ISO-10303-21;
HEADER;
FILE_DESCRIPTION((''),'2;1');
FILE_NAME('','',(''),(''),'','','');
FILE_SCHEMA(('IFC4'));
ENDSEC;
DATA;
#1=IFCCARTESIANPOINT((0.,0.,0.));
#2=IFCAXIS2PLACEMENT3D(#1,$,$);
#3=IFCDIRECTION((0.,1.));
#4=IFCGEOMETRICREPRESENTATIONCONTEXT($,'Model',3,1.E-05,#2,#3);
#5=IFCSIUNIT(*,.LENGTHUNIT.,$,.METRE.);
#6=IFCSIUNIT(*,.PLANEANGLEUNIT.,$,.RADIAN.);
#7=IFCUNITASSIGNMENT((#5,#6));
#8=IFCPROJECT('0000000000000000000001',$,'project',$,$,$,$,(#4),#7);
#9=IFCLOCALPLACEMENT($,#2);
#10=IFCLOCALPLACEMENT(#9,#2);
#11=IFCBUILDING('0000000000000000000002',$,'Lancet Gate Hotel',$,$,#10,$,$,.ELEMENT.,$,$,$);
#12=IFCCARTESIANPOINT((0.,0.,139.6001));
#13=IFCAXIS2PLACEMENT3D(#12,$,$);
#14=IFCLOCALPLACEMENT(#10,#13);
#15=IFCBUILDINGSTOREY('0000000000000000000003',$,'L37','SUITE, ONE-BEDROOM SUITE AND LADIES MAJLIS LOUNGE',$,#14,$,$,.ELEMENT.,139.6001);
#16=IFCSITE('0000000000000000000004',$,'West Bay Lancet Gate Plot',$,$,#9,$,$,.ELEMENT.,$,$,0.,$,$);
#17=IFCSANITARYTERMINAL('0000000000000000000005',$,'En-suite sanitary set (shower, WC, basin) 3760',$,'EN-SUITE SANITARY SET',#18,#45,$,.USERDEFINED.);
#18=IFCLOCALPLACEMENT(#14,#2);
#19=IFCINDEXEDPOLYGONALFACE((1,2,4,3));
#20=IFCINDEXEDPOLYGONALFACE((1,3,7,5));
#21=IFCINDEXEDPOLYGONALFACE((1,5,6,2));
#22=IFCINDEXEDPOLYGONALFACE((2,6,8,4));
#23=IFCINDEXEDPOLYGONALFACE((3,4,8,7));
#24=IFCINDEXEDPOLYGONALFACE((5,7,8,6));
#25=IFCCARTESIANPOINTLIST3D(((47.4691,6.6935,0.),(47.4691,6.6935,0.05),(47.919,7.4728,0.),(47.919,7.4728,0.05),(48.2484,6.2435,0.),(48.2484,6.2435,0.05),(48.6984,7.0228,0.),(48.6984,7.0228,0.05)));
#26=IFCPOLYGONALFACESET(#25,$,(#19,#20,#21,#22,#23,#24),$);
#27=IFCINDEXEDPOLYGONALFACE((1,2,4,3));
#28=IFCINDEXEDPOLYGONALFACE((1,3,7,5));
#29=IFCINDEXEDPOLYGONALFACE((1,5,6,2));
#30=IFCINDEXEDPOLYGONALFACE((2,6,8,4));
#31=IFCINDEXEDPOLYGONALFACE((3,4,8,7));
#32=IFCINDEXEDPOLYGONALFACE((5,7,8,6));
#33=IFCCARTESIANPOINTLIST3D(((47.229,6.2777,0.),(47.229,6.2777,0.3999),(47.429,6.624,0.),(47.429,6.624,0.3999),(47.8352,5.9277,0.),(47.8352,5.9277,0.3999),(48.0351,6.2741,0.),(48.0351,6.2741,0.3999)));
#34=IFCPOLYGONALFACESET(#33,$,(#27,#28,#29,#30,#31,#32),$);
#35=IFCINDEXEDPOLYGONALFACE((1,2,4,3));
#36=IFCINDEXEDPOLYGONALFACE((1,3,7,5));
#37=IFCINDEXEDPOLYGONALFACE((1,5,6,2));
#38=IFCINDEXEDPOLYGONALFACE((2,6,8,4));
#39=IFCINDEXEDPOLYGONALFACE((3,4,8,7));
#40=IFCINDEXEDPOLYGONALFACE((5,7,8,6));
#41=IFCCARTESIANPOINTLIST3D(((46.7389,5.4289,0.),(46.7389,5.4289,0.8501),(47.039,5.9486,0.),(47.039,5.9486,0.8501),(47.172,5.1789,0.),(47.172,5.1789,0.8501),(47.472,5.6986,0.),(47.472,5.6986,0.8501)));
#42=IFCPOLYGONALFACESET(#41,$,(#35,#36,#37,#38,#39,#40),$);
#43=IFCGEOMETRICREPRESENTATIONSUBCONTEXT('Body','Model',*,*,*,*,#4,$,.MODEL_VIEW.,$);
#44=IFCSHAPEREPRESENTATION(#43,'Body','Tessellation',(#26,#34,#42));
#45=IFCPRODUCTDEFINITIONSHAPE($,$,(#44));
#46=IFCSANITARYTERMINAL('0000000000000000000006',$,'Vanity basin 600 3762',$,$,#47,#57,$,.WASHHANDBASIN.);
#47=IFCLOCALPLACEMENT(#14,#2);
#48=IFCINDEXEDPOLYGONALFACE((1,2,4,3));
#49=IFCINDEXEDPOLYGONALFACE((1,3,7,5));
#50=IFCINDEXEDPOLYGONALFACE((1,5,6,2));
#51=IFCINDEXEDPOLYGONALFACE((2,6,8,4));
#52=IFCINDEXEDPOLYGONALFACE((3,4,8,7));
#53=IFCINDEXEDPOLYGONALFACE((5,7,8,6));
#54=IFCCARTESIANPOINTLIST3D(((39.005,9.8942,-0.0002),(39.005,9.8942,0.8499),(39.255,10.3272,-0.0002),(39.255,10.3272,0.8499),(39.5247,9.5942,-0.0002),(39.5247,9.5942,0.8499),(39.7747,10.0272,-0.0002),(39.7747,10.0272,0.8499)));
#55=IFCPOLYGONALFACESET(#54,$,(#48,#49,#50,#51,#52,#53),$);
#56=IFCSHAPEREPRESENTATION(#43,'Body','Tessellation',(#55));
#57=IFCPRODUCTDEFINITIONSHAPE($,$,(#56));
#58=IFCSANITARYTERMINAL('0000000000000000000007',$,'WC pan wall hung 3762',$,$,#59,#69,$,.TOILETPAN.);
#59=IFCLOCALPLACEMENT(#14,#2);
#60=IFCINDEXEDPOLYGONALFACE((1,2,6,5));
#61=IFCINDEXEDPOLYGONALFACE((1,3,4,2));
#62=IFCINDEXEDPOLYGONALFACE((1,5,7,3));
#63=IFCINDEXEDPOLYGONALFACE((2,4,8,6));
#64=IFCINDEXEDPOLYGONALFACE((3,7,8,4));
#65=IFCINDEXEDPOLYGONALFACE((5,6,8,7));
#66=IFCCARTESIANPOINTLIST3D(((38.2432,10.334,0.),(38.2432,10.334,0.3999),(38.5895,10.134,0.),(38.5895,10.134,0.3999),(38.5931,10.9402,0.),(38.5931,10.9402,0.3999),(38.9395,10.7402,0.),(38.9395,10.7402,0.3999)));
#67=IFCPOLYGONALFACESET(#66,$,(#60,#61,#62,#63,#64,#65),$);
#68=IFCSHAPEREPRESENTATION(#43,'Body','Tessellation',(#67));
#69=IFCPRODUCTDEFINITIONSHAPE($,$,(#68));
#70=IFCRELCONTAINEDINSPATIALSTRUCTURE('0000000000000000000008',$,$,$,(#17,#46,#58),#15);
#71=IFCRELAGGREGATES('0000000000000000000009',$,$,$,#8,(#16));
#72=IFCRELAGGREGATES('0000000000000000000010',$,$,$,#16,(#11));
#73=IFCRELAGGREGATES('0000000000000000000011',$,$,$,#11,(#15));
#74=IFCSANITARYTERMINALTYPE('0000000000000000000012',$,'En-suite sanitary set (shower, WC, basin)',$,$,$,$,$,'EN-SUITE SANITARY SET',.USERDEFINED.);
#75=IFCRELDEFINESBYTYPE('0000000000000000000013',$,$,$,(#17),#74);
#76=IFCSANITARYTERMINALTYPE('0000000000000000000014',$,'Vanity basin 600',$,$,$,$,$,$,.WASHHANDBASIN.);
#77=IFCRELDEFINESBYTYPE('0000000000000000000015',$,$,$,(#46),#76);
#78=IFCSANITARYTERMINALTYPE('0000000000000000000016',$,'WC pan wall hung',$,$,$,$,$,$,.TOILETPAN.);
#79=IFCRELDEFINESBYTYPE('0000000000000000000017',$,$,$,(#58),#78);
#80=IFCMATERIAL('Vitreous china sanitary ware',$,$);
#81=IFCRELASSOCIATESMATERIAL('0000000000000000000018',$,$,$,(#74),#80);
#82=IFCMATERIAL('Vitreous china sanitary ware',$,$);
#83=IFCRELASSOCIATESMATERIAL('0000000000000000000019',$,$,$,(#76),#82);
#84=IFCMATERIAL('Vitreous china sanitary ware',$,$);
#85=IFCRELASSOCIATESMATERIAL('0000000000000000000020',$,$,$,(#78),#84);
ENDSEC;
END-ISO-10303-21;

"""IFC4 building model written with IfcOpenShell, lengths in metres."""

from ifc_helpers import new_model, si_unit, direction, frame, origin, origin_2d, place, context, subcontext, project, spatial, rectangle, extrude, material, type_object, element, save


model = new_model("IFC4")

# Units and contexts
model_context = context("Model", 3, precision=1e-05, world=origin(), true_north=direction((0.0, 1.0)))
body_context = subcontext(model_context, "Body", "Model", "MODEL_VIEW")
ifc_project = project(units=[si_unit("LENGTHUNIT", "METRE"), si_unit("PLANEANGLEUNIT", "RADIAN")], contexts=[model_context])

# Site, building, storey
site_placement = place(None, origin())
site = spatial("IfcSite", under=ifc_project, at=site_placement, Name="West Bay Lancet Gate Plot", CompositionType="ELEMENT", RefElevation=0.0)
building_placement = place(site_placement, origin())
building = spatial("IfcBuilding", under=site, at=building_placement, Name="Lancet Gate Hotel", CompositionType="ELEMENT")
storey_placement = place(building_placement, frame((0.0, 0.0, 139.6001)))
storey = spatial("IfcBuildingStorey", under=building, at=storey_placement, Name="L37", Description="SUITE, ONE-BEDROOM SUITE AND LADIES MAJLIS LOUNGE", CompositionType="ELEMENT", Elevation=139.6001)

# Sanitary terminals
ifc_material_1 = material(Name="Vitreous china sanitary ware")
sanitary_terminal_type_1 = type_object("IfcSanitaryTerminalType", Name="En-suite sanitary set (shower, WC, basin)", ElementType="EN-SUITE SANITARY SET", PredefinedType="USERDEFINED", material=ifc_material_1)
sanitary_terminal_1_placement = place(storey_placement, frame((48.0837, 6.8582, 0.0), z_axis=(0.0, 0.0, 1.0), x_axis=(1.0, 0.0, 0.0)))
element("IfcSanitaryTerminal", 1, at=sanitary_terminal_1_placement, inside=storey, type_object=sanitary_terminal_type_1, Name="En-suite sanitary set (shower, WC, basin) 3760", ObjectType="EN-SUITE SANITARY SET", PredefinedType="USERDEFINED", context=body_context, shape_type="SweptSolid", body=[
    extrude(rectangle(XDim=0.8999, YDim=0.8999, at=origin_2d()), frame((0.0, 0.0, 0.0), z_axis=(0.0, 0.0, 1.0), x_axis=(0.5, 0.866025, 0.0)), (0.0, 0.0, 1.0), 0.05),
    extrude(rectangle(XDim=0.3999, YDim=0.7, at=origin_2d()), frame((-0.4517, -0.5823, 0.0), z_axis=(0.0, 0.0, 1.0), x_axis=(0.5, 0.866025, 0.0)), (0.0, 0.0, 1.0), 0.3999),
    extrude(rectangle(XDim=0.6001, YDim=0.5, at=origin_2d()), frame((-0.9783, -1.2944, 0.0), z_axis=(0.0, 0.0, 1.0), x_axis=(0.5, 0.866025, 0.0)), (0.0, 0.0, 1.0), 0.8501),
])
ifc_material_2 = material(Name="Vitreous china sanitary ware")
sanitary_terminal_type_2 = type_object("IfcSanitaryTerminalType", Name="Vanity basin 600", PredefinedType="WASHHANDBASIN", material=ifc_material_2)
sanitary_terminal_2_placement = place(storey_placement, frame((39.3899, 9.9607, -0.0002), z_axis=(0.0, 0.0, 1.0), x_axis=(-0.866025, 0.5, 0.0)))
element("IfcSanitaryTerminal", 2, at=sanitary_terminal_2_placement, inside=storey, type_object=sanitary_terminal_type_2, Name="Vanity basin 600 3762", PredefinedType="WASHHANDBASIN", context=body_context, shape_type="SweptSolid", body=[
    extrude(rectangle(XDim=0.6001, YDim=0.5, at=origin_2d()), origin(), (0.0, 0.0, 1.0), 0.8501),
])
ifc_material_3 = material(Name="Vitreous china sanitary ware")
sanitary_terminal_type_3 = type_object("IfcSanitaryTerminalType", Name="WC pan wall hung", PredefinedType="TOILETPAN", material=ifc_material_3)
sanitary_terminal_3_placement = place(storey_placement, frame((38.5913, 10.5371, 0.0), z_axis=(0.0, 0.0, 1.0), x_axis=(-0.866025, 0.5, 0.0)))
element("IfcSanitaryTerminal", 3, at=sanitary_terminal_3_placement, inside=storey, type_object=sanitary_terminal_type_3, Name="WC pan wall hung 3762", PredefinedType="TOILETPAN", context=body_context, shape_type="SweptSolid", body=[
    extrude(rectangle(XDim=0.3999, YDim=0.7, at=origin_2d()), origin(), (0.0, 0.0, 1.0), 0.3999),
])

save(model, "model.ifc")
